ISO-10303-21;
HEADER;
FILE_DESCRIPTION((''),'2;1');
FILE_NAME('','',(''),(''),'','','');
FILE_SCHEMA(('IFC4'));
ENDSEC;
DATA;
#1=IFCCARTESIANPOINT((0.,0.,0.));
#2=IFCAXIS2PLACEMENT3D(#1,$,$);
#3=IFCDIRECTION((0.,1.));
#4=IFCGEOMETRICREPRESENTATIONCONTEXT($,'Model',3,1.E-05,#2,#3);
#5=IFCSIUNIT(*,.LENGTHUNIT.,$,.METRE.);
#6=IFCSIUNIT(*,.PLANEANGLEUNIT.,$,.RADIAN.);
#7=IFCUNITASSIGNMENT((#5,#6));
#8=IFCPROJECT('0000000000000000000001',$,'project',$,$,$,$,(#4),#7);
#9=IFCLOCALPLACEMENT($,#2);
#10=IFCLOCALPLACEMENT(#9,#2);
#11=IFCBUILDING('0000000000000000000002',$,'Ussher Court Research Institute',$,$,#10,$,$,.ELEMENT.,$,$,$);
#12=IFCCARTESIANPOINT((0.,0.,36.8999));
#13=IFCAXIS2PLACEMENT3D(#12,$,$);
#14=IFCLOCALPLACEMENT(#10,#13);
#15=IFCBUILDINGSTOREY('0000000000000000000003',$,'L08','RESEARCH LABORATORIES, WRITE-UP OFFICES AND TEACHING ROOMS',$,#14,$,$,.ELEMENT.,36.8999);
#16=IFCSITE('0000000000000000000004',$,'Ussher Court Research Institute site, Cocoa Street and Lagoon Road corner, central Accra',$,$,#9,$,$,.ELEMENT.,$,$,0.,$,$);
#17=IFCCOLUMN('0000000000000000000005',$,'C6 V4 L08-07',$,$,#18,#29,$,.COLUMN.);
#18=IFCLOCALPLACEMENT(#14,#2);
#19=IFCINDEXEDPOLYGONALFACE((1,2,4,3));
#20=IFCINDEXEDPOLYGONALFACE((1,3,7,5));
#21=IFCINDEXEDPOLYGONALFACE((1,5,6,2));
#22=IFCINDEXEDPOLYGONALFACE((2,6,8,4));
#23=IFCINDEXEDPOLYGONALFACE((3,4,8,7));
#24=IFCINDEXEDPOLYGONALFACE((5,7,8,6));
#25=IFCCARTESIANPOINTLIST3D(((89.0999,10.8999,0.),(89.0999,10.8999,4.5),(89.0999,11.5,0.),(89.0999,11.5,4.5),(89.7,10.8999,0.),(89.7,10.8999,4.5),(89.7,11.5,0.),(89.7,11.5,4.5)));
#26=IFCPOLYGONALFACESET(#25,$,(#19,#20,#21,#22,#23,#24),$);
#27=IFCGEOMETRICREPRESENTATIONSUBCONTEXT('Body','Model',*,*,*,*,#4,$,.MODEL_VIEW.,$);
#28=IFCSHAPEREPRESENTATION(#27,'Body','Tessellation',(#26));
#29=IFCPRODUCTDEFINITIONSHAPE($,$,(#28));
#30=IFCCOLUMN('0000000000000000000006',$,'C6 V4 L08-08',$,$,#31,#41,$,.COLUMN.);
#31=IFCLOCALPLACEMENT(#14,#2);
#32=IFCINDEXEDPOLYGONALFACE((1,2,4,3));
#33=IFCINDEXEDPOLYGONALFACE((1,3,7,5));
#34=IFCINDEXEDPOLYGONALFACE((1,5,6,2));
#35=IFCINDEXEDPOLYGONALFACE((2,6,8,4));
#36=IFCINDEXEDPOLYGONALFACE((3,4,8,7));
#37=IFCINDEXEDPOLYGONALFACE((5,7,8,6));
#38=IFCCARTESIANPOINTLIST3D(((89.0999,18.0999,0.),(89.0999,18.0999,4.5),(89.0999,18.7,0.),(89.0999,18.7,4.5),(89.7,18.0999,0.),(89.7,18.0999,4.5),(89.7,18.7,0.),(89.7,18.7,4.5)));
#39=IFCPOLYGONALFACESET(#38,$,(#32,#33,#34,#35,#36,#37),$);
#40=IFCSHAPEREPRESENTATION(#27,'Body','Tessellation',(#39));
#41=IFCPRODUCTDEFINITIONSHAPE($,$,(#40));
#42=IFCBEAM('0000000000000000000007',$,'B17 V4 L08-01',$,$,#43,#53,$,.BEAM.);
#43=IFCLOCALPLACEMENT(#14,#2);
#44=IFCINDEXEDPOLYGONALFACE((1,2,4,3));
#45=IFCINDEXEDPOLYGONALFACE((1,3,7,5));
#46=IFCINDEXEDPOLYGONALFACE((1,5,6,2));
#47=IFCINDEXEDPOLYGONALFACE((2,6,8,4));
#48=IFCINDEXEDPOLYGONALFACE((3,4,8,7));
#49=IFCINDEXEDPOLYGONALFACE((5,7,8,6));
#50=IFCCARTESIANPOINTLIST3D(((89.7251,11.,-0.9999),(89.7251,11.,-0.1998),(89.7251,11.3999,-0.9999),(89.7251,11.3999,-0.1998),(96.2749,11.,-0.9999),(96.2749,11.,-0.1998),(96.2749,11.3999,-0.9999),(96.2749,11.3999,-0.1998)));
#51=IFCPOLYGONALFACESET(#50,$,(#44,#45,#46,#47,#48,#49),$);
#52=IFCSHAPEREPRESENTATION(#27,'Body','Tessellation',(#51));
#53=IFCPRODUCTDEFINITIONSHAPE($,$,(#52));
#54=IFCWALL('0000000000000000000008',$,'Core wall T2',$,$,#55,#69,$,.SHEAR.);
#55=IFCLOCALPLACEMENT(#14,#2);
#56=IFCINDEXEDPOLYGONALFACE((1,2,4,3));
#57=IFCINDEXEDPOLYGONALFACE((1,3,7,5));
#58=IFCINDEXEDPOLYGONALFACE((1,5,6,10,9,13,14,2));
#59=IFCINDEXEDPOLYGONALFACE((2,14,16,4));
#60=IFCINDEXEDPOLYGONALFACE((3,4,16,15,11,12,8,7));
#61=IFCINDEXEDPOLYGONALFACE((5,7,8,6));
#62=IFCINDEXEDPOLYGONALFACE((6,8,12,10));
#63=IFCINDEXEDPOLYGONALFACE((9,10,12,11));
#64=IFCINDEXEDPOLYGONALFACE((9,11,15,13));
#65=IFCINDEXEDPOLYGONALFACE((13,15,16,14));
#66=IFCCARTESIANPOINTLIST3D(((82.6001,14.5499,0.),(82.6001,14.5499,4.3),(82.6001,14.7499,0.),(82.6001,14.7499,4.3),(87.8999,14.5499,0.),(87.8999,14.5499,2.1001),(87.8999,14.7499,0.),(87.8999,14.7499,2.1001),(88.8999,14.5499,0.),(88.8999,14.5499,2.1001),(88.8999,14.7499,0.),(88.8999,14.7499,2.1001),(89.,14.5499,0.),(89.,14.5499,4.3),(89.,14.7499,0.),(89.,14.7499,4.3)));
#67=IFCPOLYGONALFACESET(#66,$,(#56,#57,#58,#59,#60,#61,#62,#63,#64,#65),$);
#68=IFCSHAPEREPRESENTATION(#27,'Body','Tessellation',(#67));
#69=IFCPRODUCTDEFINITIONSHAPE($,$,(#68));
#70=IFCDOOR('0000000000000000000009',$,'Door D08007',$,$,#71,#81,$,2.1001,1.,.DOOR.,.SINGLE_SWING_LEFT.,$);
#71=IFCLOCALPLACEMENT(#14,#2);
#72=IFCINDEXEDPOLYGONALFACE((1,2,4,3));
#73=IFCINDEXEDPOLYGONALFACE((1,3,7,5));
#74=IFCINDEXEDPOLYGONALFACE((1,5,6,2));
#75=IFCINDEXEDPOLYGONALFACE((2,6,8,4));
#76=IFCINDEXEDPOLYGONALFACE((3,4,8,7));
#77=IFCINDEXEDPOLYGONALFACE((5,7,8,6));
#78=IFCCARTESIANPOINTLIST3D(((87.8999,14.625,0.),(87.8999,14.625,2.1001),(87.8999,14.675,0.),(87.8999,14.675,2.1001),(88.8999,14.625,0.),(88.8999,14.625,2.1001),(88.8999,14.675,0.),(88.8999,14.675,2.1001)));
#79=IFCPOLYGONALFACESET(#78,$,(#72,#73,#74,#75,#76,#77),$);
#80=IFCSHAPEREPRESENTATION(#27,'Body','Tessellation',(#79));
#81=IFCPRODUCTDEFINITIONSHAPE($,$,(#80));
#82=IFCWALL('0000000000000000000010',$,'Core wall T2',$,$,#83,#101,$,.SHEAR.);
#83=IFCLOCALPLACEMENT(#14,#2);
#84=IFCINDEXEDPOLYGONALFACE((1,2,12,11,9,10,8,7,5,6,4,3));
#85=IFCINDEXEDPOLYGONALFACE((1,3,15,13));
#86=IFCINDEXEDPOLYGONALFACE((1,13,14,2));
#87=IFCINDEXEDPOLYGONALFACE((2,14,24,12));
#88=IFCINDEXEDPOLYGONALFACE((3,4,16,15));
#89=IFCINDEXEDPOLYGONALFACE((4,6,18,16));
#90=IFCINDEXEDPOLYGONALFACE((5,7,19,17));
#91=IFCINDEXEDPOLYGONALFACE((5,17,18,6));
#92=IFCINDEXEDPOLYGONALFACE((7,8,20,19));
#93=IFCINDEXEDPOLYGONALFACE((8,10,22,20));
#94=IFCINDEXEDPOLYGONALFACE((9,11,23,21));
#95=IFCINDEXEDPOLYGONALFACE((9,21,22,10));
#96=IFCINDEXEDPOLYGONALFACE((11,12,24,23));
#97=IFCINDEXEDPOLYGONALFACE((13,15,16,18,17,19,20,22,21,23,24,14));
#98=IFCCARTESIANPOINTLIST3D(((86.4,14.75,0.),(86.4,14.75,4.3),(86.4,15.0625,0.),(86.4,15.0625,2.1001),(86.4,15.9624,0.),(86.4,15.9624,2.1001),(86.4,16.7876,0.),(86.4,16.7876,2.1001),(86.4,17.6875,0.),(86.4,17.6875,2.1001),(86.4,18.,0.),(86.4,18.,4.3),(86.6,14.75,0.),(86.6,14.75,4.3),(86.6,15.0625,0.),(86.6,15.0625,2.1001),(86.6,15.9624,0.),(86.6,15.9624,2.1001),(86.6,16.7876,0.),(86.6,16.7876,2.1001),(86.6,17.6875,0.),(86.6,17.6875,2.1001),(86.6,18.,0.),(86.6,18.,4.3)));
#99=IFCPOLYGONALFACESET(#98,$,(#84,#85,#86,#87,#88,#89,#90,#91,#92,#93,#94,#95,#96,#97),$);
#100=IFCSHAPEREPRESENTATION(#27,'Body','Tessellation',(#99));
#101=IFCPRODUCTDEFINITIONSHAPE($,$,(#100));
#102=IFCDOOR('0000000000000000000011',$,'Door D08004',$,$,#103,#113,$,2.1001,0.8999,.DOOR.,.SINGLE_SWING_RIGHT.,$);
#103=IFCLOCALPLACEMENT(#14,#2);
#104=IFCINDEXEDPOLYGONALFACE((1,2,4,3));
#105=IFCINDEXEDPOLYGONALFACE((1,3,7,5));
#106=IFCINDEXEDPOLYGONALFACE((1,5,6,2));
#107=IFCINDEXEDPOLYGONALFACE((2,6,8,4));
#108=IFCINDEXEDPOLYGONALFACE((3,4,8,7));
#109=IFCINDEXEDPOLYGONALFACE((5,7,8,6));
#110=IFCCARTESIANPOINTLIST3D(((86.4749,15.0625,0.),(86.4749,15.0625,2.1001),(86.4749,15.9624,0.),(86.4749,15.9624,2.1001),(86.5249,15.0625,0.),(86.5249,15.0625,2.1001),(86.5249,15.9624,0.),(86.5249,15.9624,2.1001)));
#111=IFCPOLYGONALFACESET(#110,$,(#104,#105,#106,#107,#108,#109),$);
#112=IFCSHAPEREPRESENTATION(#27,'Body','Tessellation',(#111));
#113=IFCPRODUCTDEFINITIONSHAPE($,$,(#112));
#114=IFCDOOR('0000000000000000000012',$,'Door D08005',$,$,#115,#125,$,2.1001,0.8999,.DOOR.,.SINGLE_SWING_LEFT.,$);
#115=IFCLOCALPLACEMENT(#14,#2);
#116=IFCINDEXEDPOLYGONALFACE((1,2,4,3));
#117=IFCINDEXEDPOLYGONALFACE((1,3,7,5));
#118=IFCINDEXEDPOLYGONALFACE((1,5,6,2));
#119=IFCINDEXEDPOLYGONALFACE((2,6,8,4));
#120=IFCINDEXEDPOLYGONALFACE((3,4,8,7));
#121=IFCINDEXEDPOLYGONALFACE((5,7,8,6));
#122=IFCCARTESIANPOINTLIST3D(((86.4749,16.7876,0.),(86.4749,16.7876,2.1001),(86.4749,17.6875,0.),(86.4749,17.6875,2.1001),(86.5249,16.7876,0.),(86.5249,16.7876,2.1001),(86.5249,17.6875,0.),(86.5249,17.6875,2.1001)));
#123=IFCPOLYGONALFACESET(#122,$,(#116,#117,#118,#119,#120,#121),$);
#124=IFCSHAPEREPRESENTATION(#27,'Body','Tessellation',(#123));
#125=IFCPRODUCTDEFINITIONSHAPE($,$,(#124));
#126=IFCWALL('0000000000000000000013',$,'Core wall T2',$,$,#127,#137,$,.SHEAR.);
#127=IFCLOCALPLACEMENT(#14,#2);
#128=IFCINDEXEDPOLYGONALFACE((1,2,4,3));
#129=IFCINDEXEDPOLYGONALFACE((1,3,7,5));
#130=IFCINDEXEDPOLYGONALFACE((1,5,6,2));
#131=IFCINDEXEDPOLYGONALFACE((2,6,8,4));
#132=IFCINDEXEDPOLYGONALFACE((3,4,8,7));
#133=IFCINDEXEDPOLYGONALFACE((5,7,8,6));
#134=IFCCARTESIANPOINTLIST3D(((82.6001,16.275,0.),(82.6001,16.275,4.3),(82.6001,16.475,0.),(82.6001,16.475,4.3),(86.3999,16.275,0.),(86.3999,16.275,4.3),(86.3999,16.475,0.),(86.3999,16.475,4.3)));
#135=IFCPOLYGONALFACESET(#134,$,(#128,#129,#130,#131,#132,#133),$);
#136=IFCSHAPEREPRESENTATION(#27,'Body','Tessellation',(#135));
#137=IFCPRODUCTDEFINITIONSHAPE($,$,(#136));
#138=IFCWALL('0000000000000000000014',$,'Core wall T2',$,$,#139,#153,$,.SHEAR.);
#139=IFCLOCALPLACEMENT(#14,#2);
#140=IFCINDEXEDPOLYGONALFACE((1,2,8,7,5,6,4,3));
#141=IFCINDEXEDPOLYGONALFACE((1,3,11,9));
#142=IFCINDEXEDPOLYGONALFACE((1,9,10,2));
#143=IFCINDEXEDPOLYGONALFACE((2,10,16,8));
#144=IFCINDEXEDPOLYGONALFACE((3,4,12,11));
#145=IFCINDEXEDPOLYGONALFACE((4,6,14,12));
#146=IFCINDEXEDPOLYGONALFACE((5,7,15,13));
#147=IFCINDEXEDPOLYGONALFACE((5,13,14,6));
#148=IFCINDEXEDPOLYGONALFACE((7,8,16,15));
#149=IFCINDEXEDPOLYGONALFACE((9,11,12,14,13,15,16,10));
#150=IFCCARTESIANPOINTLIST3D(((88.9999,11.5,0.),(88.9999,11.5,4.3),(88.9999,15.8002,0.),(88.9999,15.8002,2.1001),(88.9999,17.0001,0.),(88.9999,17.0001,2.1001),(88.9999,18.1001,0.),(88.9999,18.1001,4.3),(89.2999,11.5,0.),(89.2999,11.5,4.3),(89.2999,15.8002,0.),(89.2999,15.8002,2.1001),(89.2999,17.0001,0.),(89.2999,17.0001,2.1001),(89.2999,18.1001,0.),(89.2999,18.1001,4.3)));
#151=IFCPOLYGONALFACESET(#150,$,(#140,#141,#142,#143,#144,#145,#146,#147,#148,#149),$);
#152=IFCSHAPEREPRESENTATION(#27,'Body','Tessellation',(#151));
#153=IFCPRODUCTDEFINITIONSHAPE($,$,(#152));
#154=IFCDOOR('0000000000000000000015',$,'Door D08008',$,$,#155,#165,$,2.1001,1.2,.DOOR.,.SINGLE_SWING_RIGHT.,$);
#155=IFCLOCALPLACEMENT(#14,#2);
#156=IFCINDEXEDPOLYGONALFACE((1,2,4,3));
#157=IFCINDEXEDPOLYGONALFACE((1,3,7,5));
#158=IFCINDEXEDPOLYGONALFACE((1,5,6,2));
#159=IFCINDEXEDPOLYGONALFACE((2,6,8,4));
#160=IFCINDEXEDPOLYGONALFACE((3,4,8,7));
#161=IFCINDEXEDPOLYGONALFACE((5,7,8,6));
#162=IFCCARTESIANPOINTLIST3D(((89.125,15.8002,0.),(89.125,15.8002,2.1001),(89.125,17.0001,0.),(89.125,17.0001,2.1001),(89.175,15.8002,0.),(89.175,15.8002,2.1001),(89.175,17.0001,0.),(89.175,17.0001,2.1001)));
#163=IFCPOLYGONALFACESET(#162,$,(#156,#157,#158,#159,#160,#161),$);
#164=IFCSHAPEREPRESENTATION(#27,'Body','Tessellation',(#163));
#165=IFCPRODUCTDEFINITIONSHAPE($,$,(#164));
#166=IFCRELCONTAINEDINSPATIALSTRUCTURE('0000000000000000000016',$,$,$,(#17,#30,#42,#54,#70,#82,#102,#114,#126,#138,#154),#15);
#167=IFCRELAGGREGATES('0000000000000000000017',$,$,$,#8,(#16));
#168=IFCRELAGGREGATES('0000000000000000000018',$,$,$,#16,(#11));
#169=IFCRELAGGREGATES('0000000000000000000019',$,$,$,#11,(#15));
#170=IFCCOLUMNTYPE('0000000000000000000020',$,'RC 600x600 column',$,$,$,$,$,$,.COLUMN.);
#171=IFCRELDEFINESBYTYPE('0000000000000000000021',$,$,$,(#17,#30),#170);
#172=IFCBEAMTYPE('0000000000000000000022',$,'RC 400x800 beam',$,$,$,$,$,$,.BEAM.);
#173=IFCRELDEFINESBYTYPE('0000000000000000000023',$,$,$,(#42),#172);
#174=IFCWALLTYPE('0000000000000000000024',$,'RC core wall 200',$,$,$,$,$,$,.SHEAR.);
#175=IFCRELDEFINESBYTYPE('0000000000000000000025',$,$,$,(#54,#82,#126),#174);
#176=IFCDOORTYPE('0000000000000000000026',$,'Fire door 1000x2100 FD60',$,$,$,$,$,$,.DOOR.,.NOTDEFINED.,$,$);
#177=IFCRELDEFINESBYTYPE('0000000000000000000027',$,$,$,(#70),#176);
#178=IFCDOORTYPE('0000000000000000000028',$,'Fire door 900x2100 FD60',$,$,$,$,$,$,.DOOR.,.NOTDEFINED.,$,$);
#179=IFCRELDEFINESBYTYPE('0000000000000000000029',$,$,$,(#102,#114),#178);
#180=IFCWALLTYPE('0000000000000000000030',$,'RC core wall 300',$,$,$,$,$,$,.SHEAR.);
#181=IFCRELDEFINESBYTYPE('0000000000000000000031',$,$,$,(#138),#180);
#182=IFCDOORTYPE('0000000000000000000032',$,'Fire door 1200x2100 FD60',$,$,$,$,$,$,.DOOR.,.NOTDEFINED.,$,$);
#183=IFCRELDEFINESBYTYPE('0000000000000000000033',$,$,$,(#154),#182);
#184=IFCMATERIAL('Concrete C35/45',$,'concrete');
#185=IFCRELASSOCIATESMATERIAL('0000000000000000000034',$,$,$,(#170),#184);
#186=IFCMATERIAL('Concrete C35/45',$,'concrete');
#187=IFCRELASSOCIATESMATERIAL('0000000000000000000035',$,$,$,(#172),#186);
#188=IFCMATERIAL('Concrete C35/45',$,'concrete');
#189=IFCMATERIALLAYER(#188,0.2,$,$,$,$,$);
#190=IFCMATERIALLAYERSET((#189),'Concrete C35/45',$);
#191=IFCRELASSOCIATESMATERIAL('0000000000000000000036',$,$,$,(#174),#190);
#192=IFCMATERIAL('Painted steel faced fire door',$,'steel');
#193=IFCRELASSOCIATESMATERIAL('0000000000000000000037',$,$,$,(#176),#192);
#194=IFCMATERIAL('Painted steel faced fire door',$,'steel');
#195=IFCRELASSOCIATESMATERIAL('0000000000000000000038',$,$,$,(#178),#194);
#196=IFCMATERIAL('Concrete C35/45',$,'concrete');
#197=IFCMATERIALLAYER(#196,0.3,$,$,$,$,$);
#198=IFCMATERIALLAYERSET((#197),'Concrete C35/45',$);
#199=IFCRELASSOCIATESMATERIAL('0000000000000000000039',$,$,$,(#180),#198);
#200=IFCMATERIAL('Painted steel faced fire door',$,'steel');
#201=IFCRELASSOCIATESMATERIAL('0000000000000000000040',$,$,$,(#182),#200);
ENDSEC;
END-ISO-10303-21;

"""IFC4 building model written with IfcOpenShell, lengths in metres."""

from ifc_helpers import new_model, si_unit, direction, frame, frame_2d, origin, origin_2d, place, context, subcontext, project, spatial, rectangle, extrude, material, layer, layer_set, material_profile, profile_set, type_object, element, fill, save


model = new_model("IFC4")

# Units and contexts
model_context = context("Model", 3, precision=1e-05, world=origin(), true_north=direction((0.0, 1.0)))
body_context = subcontext(model_context, "Body", "Model", "MODEL_VIEW")
ifc_project = project(units=[si_unit("LENGTHUNIT", "METRE"), si_unit("PLANEANGLEUNIT", "RADIAN")], contexts=[model_context])

# Site, building, storey
site_placement = place(None, origin())
site = spatial("IfcSite", under=ifc_project, at=site_placement, Name="Ussher Court Research Institute site, Cocoa Street and Lagoon Road corner, central Accra", CompositionType="ELEMENT", RefElevation=0.0)
building_placement = place(site_placement, origin())
building = spatial("IfcBuilding", under=site, at=building_placement, Name="Ussher Court Research Institute", CompositionType="ELEMENT")
storey_placement = place(building_placement, frame((0.0, 0.0, 36.8999)))
storey = spatial("IfcBuildingStorey", under=building, at=storey_placement, Name="L08", Description="RESEARCH LABORATORIES, WRITE-UP OFFICES AND TEACHING ROOMS", CompositionType="ELEMENT", Elevation=36.8999)

# Columns
ifc_material_1 = material(Name="Concrete C35/45", Category="concrete")
ifc_material_profile_1 = material_profile(ifc_material_1, rectangle(XDim=0.6001, YDim=0.6001, at=origin_2d()), Name="RC 600x600")
ifc_profile_set_1 = profile_set([ifc_material_profile_1], Name="Concrete C35/45")
column_type = type_object("IfcColumnType", Name="RC 600x600 column", PredefinedType="COLUMN", material=ifc_profile_set_1)
for number, where, z_axis, x_axis, name in (
    (1, (89.3999, 11.2, 0.0), (0.0, 0.0, 1.0), (1.0, 0.0, 0.0), "C6 V4 L08-07"),
    (2, (89.3999, 18.3999, 0.0), (0.0, 0.0, 1.0), (1.0, 0.0, 0.0), "C6 V4 L08-08"),
):
    element("IfcColumn", number, at=place(storey_placement, frame(where, z_axis=z_axis, x_axis=x_axis)), inside=storey, type_object=column_type, Name=name, PredefinedType="COLUMN", context=body_context, shape_type="SweptSolid", body=[
        extrude(rectangle(XDim=0.6001, YDim=0.6001, at=origin_2d()), origin(), (0.0, 0.0, 1.0), 4.5),
    ])

# Beam
ifc_material_2 = material(Name="Concrete C35/45", Category="concrete")
ifc_material_profile_2 = material_profile(ifc_material_2, rectangle(XDim=0.3999, YDim=0.8, at=origin_2d()), Name="RC 400x800")
ifc_profile_set_2 = profile_set([ifc_material_profile_2], Name="Concrete C35/45")
beam_type = type_object("IfcBeamType", Name="RC 400x800 beam", PredefinedType="BEAM", material=ifc_profile_set_2)
beam_placement = place(storey_placement, frame((89.7251, 11.2, -0.5999), z_axis=(1.0, 0.0, 0.0), x_axis=(0.0, 1.0, 0.0)))
element("IfcBeam", 3, at=beam_placement, inside=storey, type_object=beam_type, Name="B17 V4 L08-01", PredefinedType="BEAM", context=body_context, shape_type="SweptSolid", body=[
    extrude(rectangle(XDim=0.3999, YDim=0.8, at=origin_2d()), origin(), (0.0, 0.0, 1.0), 6.5498),
])

# Wall, opening, door
ifc_material_3 = material(Name="Concrete C35/45", Category="concrete")
ifc_layer_1 = layer(ifc_material_3, 0.2)
ifc_layer_set_1 = layer_set([ifc_layer_1], Name="Concrete C35/45")
wall_type_1 = type_object("IfcWallType", Name="RC core wall 200", PredefinedType="SHEAR", material=ifc_layer_set_1)
wall_1_placement = place(storey_placement, frame((89.0, 14.6499, 0.0), z_axis=(0.0, 0.0, 1.0), x_axis=(-1.0, 0.0, 0.0)))
wall_1 = element("IfcWall", 4, at=wall_1_placement, inside=storey, type_object=wall_type_1, Name="Core wall T2", PredefinedType="SHEAR", context=body_context, shape_type="SweptSolid", body=[
    extrude(rectangle(XDim=6.3999, YDim=0.2, at=frame_2d((3.2, 0.0))), origin(), (0.0, 0.0, 1.0), 4.3),
])
opening_1_placement = place(wall_1_placement, frame((0.1001, 0.0, 0.0)))
opening_1 = element("IfcOpeningElement", 5, at=opening_1_placement, cuts=wall_1, PredefinedType="OPENING", context=body_context, shape_type="SweptSolid", body=[
    extrude(rectangle(XDim=1.0, YDim=2.1001, at=frame_2d((0.5, 1.05))), frame((0.0, 0.1099, 0.0), z_axis=(0.0, -1.0, 0.0), x_axis=(1.0, 0.0, 0.0)), (0.0, 0.0, 1.0), 0.22),
])
ifc_material_4 = material(Name="Painted steel faced fire door", Category="steel")
door_type_1 = type_object("IfcDoorType", Name="Fire door 1000x2100 FD60", OperationType="NOTDEFINED", PredefinedType="DOOR", material=ifc_material_4)
door_1_placement = place(opening_1_placement, origin())
door_1 = element("IfcDoor", 6, at=door_1_placement, inside=storey, type_object=door_type_1, Name="Door D08007", OperationType="SINGLE_SWING_LEFT", OverallHeight=2.1001, OverallWidth=1.0, PredefinedType="DOOR", context=body_context, shape_type="SweptSolid", body=[
    extrude(rectangle(XDim=1.0, YDim=2.1001, at=frame_2d((0.5, 1.05))), frame((0.0, 0.0249, 0.0), z_axis=(0.0, -1.0, 0.0), x_axis=(1.0, 0.0, 0.0)), (0.0, 0.0, 1.0), 0.05),
])
fill(opening_1, door_1)

# Wall, openings, doors
wall_2_placement = place(storey_placement, frame((86.5, 18.0, 0.0), z_axis=(0.0, 0.0, 1.0), x_axis=(0.0, -1.0, 0.0)))
wall_2 = element("IfcWall", 7, at=wall_2_placement, inside=storey, type_object=wall_type_1, Name="Core wall T2", PredefinedType="SHEAR", context=body_context, shape_type="SweptSolid", body=[
    extrude(rectangle(XDim=3.25, YDim=0.2, at=frame_2d((1.625, 0.0))), origin(), (0.0, 0.0, 1.0), 4.3),
])
opening_2_placement = place(wall_2_placement, frame((2.0376, 0.0, 0.0)))
opening_2 = element("IfcOpeningElement", 8, at=opening_2_placement, cuts=wall_2, PredefinedType="OPENING", context=body_context, shape_type="SweptSolid", body=[
    extrude(rectangle(XDim=0.8999, YDim=2.1001, at=frame_2d((0.45, 1.05))), frame((0.0, 0.1099, 0.0), z_axis=(0.0, -1.0, 0.0), x_axis=(1.0, 0.0, 0.0)), (0.0, 0.0, 1.0), 0.22),
])
opening_3_placement = place(wall_2_placement, frame((0.3125, 0.0, 0.0)))
opening_3 = element("IfcOpeningElement", 9, at=opening_3_placement, cuts=wall_2, PredefinedType="OPENING", context=body_context, shape_type="SweptSolid", body=[
    extrude(rectangle(XDim=0.8999, YDim=2.1001, at=frame_2d((0.45, 1.05))), frame((0.0, 0.1099, 0.0), z_axis=(0.0, -1.0, 0.0), x_axis=(1.0, 0.0, 0.0)), (0.0, 0.0, 1.0), 0.22),
])
ifc_material_5 = material(Name="Painted steel faced fire door", Category="steel")
door_type_2 = type_object("IfcDoorType", Name="Fire door 900x2100 FD60", OperationType="NOTDEFINED", PredefinedType="DOOR", material=ifc_material_5)
door_2_placement = place(opening_2_placement, origin())
door_2 = element("IfcDoor", 10, at=door_2_placement, inside=storey, type_object=door_type_2, Name="Door D08004", OperationType="SINGLE_SWING_RIGHT", OverallHeight=2.1001, OverallWidth=0.8999, PredefinedType="DOOR", context=body_context, shape_type="SweptSolid", body=[
    extrude(rectangle(XDim=0.8999, YDim=2.1001, at=frame_2d((0.45, 1.05))), frame((0.0, 0.0249, 0.0), z_axis=(0.0, -1.0, 0.0), x_axis=(1.0, 0.0, 0.0)), (0.0, 0.0, 1.0), 0.05),
])
fill(opening_2, door_2)
door_3_placement = place(opening_3_placement, origin())
door_3 = element("IfcDoor", 11, at=door_3_placement, inside=storey, type_object=door_type_2, Name="Door D08005", OperationType="SINGLE_SWING_LEFT", OverallHeight=2.1001, OverallWidth=0.8999, PredefinedType="DOOR", context=body_context, shape_type="SweptSolid", body=[
    extrude(rectangle(XDim=0.8999, YDim=2.1001, at=frame_2d((0.45, 1.05))), frame((0.0, 0.0249, 0.0), z_axis=(0.0, -1.0, 0.0), x_axis=(1.0, 0.0, 0.0)), (0.0, 0.0, 1.0), 0.05),
])
fill(opening_3, door_3)

# Wall
wall_3_placement = place(storey_placement, frame((82.6001, 16.375, 0.0), z_axis=(0.0, 0.0, 1.0), x_axis=(1.0, 0.0, 0.0)))
element("IfcWall", 12, at=wall_3_placement, inside=storey, type_object=wall_type_1, Name="Core wall T2", PredefinedType="SHEAR", context=body_context, shape_type="SweptSolid", body=[
    extrude(rectangle(XDim=3.7998, YDim=0.2, at=frame_2d((1.8999, 0.0))), origin(), (0.0, 0.0, 1.0), 4.3),
])

# Wall, opening, door
ifc_material_6 = material(Name="Concrete C35/45", Category="concrete")
ifc_layer_2 = layer(ifc_material_6, 0.3)
ifc_layer_set_2 = layer_set([ifc_layer_2], Name="Concrete C35/45")
wall_type_2 = type_object("IfcWallType", Name="RC core wall 300", PredefinedType="SHEAR", material=ifc_layer_set_2)
wall_4_placement = place(storey_placement, frame((89.1499, 11.5, 0.0), z_axis=(0.0, 0.0, 1.0), x_axis=(0.0, 1.0, 0.0)))
wall_4 = element("IfcWall", 13, at=wall_4_placement, inside=storey, type_object=wall_type_2, Name="Core wall T2", PredefinedType="SHEAR", context=body_context, shape_type="SweptSolid", body=[
    extrude(rectangle(XDim=6.6001, YDim=0.3, at=frame_2d((3.3, 0.0))), origin(), (0.0, 0.0, 1.0), 4.3),
])
opening_4_placement = place(wall_4_placement, frame((4.3, 0.0, 0.0)))
opening_4 = element("IfcOpeningElement", 14, at=opening_4_placement, cuts=wall_4, PredefinedType="OPENING", context=body_context, shape_type="SweptSolid", body=[
    extrude(rectangle(XDim=1.2, YDim=2.1001, at=frame_2d((0.6001, 1.05))), frame((0.0, 0.1602, 0.0), z_axis=(0.0, -1.0, 0.0), x_axis=(1.0, 0.0, 0.0)), (0.0, 0.0, 1.0), 0.3201),
])
ifc_material_7 = material(Name="Painted steel faced fire door", Category="steel")
door_type_3 = type_object("IfcDoorType", Name="Fire door 1200x2100 FD60", OperationType="NOTDEFINED", PredefinedType="DOOR", material=ifc_material_7)
door_4_placement = place(opening_4_placement, origin())
door_4 = element("IfcDoor", 15, at=door_4_placement, inside=storey, type_object=door_type_3, Name="Door D08008", OperationType="SINGLE_SWING_RIGHT", OverallHeight=2.1001, OverallWidth=1.2, PredefinedType="DOOR", context=body_context, shape_type="SweptSolid", body=[
    extrude(rectangle(XDim=1.2, YDim=2.1001, at=frame_2d((0.6001, 1.05))), frame((0.0, 0.0249, 0.0), z_axis=(0.0, -1.0, 0.0), x_axis=(1.0, 0.0, 0.0)), (0.0, 0.0, 1.0), 0.05),
])
fill(opening_4, door_4)

save(model, "model.ifc")
